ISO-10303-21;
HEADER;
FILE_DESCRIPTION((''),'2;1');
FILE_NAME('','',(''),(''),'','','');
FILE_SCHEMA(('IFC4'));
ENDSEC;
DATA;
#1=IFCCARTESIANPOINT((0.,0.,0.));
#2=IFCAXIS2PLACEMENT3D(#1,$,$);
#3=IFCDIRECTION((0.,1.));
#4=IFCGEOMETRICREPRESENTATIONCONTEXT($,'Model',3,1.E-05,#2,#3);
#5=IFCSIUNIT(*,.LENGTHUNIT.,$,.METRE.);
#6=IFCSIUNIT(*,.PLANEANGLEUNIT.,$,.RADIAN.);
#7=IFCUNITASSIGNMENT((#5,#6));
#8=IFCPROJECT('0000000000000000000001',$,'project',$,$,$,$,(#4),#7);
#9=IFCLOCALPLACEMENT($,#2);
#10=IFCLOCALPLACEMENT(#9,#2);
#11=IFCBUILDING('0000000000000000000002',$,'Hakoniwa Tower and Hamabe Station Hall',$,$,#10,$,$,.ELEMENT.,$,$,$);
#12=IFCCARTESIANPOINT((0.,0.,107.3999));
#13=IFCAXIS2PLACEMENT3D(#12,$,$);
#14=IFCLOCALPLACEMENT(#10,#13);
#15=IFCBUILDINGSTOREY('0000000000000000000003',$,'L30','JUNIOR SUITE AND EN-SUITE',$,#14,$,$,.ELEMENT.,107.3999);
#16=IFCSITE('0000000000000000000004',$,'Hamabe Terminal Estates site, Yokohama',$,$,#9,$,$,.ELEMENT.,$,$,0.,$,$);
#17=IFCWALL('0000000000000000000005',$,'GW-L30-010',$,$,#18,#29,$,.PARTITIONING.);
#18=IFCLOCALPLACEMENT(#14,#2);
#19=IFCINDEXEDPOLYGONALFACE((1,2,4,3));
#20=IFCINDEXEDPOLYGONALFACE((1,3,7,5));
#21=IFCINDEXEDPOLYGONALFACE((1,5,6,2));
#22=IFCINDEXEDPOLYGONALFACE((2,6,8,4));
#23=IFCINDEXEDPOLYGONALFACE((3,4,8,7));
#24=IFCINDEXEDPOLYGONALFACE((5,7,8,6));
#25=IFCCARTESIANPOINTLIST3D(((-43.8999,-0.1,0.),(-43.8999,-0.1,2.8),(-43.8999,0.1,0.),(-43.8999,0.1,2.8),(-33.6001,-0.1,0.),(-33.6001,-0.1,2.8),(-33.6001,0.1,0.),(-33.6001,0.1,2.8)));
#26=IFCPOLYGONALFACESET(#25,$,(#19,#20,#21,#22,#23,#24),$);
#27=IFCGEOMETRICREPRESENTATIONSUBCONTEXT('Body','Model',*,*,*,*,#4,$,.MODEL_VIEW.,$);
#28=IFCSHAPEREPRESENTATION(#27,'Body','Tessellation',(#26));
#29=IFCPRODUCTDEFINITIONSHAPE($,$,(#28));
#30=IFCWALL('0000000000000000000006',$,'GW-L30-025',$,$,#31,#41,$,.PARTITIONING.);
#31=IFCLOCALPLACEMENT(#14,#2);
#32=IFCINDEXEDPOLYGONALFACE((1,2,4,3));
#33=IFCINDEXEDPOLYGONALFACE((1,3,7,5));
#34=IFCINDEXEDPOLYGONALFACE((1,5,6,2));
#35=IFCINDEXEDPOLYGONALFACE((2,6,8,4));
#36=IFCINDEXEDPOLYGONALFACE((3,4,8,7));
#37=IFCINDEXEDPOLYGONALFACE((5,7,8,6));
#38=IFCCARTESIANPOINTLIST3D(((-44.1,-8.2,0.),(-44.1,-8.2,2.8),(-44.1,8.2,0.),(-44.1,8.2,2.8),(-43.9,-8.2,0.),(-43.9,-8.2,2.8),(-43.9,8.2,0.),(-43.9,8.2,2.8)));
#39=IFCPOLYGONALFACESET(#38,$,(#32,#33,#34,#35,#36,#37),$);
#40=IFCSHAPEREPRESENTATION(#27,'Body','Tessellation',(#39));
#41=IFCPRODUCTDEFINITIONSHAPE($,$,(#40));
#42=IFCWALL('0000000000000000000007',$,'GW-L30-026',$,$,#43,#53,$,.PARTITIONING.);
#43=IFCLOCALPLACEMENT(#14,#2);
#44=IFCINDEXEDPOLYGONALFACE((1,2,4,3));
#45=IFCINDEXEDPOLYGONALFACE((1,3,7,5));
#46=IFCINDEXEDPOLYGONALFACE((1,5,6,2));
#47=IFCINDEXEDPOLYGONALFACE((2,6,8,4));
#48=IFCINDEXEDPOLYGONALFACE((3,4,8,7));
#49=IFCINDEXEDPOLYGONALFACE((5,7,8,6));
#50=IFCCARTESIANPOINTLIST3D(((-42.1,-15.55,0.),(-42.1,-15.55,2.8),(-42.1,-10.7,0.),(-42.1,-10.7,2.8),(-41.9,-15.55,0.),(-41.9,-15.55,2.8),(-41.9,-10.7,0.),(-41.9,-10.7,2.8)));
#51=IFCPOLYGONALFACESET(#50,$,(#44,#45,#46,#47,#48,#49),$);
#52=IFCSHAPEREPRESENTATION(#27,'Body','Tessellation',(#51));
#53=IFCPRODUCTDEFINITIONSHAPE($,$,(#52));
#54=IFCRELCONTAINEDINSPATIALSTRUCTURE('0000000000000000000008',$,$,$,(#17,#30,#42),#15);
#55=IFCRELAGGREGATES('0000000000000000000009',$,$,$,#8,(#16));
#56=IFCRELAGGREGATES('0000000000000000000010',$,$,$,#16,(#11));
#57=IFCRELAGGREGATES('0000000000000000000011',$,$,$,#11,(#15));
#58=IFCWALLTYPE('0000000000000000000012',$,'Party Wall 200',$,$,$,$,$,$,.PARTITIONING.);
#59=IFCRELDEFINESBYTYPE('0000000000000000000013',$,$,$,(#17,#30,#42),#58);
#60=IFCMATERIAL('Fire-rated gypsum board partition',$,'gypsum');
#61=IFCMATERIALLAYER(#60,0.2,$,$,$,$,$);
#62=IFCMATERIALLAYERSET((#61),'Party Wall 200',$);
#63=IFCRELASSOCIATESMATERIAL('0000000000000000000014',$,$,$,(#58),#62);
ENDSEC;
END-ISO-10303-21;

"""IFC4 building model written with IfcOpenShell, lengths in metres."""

from ifc_helpers import new_model, si_unit, direction, frame, frame_2d, origin, place, context, subcontext, project, spatial, rectangle, extrude, material, layer, layer_set, type_object, element, save


model = new_model("IFC4")

# Units and contexts
model_context = context("Model", 3, precision=1e-05, world=origin(), true_north=direction((0.0, 1.0)))
body_context = subcontext(model_context, "Body", "Model", "MODEL_VIEW")
ifc_project = project(units=[si_unit("LENGTHUNIT", "METRE"), si_unit("PLANEANGLEUNIT", "RADIAN")], contexts=[model_context])

# Site, building, storey
site_placement = place(None, origin())
site = spatial("IfcSite", under=ifc_project, at=site_placement, Name="Hamabe Terminal Estates site, Yokohama", CompositionType="ELEMENT", RefElevation=0.0)
building_placement = place(site_placement, origin())
building = spatial("IfcBuilding", under=site, at=building_placement, Name="Hakoniwa Tower and Hamabe Station Hall", CompositionType="ELEMENT")
storey_placement = place(building_placement, frame((0.0, 0.0, 107.3999)))
storey = spatial("IfcBuildingStorey", under=building, at=storey_placement, Name="L30", Description="JUNIOR SUITE AND EN-SUITE", CompositionType="ELEMENT", Elevation=107.3999)

# Walls
ifc_material_1 = material(Name="Fire-rated gypsum board partition", Category="gypsum")
ifc_layer_1 = layer(ifc_material_1, 0.2)
ifc_layer_set_1 = layer_set([ifc_layer_1], Name="Party Wall 200")
wall_type_1 = type_object("IfcWallType", Name="Party Wall 200", PredefinedType="PARTITIONING", material=ifc_layer_set_1)
wall_1_placement = place(storey_placement, frame((-43.8999, 0.0, 0.0), z_axis=(0.0, 0.0, 1.0), x_axis=(1.0, 0.0, 0.0)))
element("IfcWall", 1, at=wall_1_placement, inside=storey, type_object=wall_type_1, Name="GW-L30-010", PredefinedType="PARTITIONING", context=body_context, shape_type="SweptSolid", body=[
    extrude(rectangle(XDim=10.2998, YDim=0.2, at=frame_2d((5.1499, 0.0))), origin(), (0.0, 0.0, 1.0), 2.8),
])
wall_2_placement = place(storey_placement, frame((-44.0, -8.2, 0.0), z_axis=(0.0, 0.0, 1.0), x_axis=(0.0, 1.0, 0.0)))
element("IfcWall", 2, at=wall_2_placement, inside=storey, type_object=wall_type_1, Name="GW-L30-025", PredefinedType="PARTITIONING", context=body_context, shape_type="SweptSolid", body=[
    extrude(rectangle(XDim=16.3999, YDim=0.2, at=frame_2d((8.2, 0.0))), origin(), (0.0, 0.0, 1.0), 2.8),
])
wall_3_placement = place(storey_placement, frame((-42.0, -15.55, 0.0), z_axis=(0.0, 0.0, 1.0), x_axis=(0.0, 1.0, 0.0)))
element("IfcWall", 3, at=wall_3_placement, inside=storey, type_object=wall_type_1, Name="GW-L30-026", PredefinedType="PARTITIONING", context=body_context, shape_type="SweptSolid", body=[
    extrude(rectangle(XDim=4.8501, YDim=0.2, at=frame_2d((2.425, 0.0))), origin(), (0.0, 0.0, 1.0), 2.8),
])

save(model, "model.ifc")
